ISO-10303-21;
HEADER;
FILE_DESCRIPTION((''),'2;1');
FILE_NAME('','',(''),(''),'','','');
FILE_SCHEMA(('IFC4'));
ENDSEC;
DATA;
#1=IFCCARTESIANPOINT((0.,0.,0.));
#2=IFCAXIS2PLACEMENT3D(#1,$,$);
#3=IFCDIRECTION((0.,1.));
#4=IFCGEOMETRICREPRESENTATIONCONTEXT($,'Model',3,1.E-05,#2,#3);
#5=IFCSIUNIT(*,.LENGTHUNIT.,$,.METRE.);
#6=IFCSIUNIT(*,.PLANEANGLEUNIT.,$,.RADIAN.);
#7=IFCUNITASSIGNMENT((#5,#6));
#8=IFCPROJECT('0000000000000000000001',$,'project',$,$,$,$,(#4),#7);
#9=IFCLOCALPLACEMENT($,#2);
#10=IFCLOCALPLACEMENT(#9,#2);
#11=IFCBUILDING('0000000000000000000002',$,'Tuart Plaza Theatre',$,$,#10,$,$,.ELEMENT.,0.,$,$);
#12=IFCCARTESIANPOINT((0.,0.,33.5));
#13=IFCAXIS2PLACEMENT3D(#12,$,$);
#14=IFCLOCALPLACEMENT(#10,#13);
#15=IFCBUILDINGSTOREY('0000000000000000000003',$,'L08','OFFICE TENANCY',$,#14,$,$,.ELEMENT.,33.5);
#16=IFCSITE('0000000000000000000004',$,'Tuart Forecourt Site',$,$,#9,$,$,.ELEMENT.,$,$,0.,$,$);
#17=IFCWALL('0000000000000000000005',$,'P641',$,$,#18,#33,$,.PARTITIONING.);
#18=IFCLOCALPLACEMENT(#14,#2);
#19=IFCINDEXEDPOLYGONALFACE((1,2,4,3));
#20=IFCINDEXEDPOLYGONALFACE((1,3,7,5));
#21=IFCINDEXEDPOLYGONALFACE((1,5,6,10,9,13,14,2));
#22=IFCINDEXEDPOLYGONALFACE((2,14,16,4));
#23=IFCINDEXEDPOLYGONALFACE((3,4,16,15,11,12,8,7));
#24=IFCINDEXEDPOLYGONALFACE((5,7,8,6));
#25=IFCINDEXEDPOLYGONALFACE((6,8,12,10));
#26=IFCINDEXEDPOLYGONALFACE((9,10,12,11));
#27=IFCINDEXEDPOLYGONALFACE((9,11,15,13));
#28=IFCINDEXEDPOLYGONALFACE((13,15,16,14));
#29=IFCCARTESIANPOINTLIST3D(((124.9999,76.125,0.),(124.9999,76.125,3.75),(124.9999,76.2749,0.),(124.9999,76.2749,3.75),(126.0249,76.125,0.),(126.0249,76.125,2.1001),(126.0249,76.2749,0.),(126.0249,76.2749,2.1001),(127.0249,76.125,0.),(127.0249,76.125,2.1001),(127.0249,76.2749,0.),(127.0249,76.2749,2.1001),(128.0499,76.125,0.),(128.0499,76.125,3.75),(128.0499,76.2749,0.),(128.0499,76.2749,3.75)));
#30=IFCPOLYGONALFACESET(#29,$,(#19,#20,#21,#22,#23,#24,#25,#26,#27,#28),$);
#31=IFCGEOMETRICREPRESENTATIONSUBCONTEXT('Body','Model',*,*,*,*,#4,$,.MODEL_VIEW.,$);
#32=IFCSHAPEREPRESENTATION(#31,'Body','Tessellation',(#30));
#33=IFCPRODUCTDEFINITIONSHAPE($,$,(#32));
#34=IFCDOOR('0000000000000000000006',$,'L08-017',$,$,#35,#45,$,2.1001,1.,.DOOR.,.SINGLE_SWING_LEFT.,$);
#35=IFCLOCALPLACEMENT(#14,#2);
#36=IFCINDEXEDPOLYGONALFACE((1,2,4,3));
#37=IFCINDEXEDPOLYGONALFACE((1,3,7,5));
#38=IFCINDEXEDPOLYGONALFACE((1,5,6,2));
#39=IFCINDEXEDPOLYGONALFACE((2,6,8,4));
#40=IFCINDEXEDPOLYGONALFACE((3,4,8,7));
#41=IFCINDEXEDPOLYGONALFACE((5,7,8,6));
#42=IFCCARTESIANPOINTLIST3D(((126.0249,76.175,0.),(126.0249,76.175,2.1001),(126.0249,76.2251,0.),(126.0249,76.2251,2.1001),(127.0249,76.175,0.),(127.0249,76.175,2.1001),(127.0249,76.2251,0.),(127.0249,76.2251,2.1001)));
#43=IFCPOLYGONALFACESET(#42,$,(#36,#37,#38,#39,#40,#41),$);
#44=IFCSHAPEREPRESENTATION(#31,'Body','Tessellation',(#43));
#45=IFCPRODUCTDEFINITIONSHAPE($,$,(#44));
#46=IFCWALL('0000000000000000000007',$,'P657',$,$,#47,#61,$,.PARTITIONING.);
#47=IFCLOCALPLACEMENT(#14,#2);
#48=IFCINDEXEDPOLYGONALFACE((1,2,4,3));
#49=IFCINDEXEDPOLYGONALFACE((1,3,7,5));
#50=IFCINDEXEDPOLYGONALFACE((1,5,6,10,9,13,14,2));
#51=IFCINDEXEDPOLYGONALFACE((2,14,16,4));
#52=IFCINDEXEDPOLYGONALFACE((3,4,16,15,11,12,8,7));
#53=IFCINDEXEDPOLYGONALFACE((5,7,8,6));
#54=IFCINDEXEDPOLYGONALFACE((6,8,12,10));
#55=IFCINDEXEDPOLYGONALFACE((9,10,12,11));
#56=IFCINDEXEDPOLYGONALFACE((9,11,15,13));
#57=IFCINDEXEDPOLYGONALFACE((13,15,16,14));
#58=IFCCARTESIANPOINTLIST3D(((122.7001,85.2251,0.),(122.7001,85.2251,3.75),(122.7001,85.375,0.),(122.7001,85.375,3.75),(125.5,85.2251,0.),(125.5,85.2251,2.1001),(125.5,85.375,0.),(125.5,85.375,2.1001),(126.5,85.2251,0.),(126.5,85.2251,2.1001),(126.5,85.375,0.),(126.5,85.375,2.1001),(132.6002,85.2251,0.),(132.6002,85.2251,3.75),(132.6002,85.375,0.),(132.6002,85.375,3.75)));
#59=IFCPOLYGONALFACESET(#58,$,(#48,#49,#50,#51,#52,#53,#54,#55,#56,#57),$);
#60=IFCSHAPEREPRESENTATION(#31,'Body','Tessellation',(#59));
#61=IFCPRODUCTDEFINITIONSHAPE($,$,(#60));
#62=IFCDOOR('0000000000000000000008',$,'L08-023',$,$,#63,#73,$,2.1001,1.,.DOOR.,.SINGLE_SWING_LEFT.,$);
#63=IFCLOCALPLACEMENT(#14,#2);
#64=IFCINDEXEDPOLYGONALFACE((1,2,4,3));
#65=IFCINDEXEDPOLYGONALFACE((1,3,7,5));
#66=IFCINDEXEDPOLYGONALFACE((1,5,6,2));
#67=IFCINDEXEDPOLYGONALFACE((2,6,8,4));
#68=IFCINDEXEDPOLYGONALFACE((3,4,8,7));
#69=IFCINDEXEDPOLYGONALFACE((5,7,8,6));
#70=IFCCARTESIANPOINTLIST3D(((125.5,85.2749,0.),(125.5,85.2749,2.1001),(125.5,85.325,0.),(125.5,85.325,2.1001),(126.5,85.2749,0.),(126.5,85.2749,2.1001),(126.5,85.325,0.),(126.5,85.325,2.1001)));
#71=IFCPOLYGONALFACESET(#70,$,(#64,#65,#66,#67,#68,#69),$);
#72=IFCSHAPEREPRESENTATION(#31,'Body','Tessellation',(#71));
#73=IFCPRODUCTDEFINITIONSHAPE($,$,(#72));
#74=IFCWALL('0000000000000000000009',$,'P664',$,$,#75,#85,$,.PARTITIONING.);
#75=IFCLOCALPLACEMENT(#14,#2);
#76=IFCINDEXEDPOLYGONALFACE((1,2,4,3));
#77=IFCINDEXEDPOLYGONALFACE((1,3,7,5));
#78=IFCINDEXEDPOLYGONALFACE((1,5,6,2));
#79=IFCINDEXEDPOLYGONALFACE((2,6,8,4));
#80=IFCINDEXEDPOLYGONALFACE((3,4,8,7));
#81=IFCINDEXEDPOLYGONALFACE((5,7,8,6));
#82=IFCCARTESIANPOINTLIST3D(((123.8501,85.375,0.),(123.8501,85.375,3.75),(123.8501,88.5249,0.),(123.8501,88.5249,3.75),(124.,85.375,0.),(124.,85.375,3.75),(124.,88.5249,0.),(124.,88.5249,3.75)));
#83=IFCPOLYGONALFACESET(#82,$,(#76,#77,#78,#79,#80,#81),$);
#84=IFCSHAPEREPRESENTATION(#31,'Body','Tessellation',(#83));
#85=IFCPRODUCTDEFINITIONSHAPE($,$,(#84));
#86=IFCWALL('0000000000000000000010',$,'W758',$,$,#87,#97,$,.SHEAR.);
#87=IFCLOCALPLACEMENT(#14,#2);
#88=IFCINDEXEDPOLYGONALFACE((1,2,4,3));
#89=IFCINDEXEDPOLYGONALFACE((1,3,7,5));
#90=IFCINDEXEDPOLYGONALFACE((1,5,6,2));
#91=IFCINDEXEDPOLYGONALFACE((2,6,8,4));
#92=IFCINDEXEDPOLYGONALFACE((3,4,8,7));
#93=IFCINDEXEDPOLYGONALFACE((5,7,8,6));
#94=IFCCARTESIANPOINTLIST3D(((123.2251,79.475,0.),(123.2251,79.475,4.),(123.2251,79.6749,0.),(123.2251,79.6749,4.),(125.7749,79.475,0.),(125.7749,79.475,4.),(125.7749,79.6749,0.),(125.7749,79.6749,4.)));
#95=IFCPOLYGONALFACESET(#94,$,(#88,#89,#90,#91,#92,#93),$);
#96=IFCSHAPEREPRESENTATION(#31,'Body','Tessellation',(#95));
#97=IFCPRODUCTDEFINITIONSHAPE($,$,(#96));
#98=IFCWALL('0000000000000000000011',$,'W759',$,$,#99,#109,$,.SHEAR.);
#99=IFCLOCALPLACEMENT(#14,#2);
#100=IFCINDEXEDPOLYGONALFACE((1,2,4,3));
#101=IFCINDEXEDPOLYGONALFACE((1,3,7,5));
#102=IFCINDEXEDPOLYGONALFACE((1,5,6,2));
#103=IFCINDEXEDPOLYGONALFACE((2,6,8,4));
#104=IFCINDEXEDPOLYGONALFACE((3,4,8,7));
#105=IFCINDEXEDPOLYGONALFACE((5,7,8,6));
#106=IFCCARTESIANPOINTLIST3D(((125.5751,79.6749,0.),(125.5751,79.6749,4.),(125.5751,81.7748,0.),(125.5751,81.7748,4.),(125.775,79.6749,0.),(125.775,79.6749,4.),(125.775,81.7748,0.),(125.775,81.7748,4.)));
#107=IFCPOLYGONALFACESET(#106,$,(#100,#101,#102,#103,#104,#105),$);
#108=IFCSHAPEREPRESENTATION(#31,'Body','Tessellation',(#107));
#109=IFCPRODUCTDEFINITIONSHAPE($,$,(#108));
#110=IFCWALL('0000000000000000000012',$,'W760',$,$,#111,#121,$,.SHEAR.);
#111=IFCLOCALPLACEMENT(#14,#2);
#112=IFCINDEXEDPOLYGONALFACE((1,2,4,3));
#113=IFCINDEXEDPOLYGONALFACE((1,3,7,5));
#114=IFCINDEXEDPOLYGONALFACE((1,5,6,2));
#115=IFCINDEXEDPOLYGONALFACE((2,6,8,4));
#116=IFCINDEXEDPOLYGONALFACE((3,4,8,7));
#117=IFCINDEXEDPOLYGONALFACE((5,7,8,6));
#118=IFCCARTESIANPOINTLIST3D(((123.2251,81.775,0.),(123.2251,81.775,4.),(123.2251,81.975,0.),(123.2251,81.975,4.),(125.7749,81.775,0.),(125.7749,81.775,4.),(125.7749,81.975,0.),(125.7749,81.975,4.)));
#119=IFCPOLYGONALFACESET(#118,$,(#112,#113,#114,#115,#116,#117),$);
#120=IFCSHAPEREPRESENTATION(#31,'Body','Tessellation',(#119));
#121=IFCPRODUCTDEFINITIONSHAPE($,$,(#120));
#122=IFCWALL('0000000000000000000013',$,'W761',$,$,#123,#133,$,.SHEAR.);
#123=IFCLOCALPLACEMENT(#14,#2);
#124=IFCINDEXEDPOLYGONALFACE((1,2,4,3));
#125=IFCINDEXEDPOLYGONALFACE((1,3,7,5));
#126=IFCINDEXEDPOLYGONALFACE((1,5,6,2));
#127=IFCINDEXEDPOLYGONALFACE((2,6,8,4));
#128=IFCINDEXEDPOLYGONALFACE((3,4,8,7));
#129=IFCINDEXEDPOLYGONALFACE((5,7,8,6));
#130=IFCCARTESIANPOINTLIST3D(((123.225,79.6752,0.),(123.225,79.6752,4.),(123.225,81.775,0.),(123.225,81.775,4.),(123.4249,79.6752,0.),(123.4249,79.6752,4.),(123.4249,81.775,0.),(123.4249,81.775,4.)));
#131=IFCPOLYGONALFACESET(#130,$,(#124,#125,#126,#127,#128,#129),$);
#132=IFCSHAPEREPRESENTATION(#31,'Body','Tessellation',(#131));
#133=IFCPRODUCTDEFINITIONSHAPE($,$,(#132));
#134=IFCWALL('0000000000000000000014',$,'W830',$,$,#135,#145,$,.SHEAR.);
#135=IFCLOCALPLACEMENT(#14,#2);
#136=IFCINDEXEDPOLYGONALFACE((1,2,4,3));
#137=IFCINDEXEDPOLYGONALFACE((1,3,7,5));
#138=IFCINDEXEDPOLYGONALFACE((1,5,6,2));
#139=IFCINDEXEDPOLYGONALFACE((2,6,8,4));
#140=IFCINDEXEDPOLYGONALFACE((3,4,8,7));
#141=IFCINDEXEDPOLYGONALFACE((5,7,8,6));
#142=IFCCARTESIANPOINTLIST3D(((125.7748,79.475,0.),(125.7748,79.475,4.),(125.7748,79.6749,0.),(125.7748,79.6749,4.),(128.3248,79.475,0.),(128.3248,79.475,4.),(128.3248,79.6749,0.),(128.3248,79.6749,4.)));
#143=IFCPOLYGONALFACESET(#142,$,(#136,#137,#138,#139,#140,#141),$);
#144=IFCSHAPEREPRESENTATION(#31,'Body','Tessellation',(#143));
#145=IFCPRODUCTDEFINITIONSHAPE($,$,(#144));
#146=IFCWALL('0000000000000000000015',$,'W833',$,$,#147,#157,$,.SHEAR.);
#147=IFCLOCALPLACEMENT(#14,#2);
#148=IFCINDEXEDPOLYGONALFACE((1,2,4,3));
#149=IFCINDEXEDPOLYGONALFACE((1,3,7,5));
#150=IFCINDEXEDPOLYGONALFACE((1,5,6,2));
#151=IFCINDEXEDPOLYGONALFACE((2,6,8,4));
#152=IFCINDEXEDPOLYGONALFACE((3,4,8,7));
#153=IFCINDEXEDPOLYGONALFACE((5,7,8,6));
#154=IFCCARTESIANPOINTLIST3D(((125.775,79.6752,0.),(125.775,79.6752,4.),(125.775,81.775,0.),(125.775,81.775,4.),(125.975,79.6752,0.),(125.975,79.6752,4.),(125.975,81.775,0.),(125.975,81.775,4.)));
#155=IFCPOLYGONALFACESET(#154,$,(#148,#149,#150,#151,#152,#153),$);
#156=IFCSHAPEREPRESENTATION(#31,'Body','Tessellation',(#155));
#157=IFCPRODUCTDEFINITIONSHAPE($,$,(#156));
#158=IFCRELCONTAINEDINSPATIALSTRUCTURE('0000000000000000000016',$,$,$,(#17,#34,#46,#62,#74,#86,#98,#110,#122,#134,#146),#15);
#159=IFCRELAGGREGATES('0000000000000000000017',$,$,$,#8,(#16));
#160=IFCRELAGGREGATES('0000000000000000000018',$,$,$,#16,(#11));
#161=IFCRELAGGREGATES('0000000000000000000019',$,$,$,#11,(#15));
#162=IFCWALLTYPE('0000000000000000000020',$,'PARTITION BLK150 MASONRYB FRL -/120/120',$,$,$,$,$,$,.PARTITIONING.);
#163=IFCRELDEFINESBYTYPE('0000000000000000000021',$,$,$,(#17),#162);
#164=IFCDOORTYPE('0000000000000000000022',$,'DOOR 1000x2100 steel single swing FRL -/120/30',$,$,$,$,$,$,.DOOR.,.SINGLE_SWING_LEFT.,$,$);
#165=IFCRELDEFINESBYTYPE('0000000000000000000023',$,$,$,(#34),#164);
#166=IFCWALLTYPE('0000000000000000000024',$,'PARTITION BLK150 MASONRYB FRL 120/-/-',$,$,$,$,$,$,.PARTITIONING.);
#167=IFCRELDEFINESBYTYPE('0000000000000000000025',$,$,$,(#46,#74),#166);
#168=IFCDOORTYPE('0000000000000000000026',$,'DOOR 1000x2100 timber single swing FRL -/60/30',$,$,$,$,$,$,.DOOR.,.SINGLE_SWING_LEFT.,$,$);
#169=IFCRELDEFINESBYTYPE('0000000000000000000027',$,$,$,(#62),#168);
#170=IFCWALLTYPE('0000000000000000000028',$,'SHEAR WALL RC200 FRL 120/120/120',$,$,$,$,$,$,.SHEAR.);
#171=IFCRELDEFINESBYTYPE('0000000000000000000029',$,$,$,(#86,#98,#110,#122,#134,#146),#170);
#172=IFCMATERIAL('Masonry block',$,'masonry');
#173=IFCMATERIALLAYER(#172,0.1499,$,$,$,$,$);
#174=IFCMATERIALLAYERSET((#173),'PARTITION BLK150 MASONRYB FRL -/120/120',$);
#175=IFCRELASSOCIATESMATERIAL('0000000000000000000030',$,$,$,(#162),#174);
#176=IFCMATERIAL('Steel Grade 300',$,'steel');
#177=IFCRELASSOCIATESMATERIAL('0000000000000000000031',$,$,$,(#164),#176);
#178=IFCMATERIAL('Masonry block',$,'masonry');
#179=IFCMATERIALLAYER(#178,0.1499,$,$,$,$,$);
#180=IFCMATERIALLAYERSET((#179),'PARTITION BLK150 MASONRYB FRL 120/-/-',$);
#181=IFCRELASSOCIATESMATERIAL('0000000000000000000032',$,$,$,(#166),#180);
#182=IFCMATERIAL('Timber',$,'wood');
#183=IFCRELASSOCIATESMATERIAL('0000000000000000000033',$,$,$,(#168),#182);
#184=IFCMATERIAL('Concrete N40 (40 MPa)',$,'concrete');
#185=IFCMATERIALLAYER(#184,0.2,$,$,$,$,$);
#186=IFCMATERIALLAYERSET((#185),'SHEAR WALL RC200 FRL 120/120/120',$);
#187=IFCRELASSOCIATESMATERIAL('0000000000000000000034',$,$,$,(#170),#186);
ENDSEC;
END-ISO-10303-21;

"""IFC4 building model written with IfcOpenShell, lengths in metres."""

from ifc_helpers import new_model, si_unit, direction, frame, frame_2d, origin, place, context, subcontext, project, spatial, rectangle, extrude, material, layer, layer_set, type_object, element, fill, save


model = new_model("IFC4")

# Units and contexts
model_context = context("Model", 3, precision=1e-05, world=origin(), true_north=direction((0.0, 1.0)))
body_context = subcontext(model_context, "Body", "Model", "MODEL_VIEW")
ifc_project = project(units=[si_unit("LENGTHUNIT", "METRE"), si_unit("PLANEANGLEUNIT", "RADIAN")], contexts=[model_context])

# Site, building, storey
site_placement = place(None, origin())
site = spatial("IfcSite", under=ifc_project, at=site_placement, Name="Tuart Forecourt Site", CompositionType="ELEMENT", RefElevation=0.0)
building_placement = place(site_placement, origin())
building = spatial("IfcBuilding", under=site, at=building_placement, Name="Tuart Plaza Theatre", CompositionType="ELEMENT", ElevationOfRefHeight=0.0)
storey_placement = place(building_placement, frame((0.0, 0.0, 33.5)))
storey = spatial("IfcBuildingStorey", under=building, at=storey_placement, Name="L08", Description="OFFICE TENANCY", CompositionType="ELEMENT", Elevation=33.5)

# Shared definitions
ifc_material_1 = material(Name="Masonry block", Category="masonry")
ifc_layer_1 = layer(ifc_material_1, 0.1499)
ifc_layer_set_1 = layer_set([ifc_layer_1], Name="PARTITION BLK150 MASONRYB FRL -/120/120")
wall_type_1 = type_object("IfcWallType", Name="PARTITION BLK150 MASONRYB FRL -/120/120", PredefinedType="PARTITIONING", material=ifc_layer_set_1)

# Walls, openings, doors
wall_1_placement = place(storey_placement, frame((125.0, 76.2, 0.0), z_axis=(0.0, 0.0, 1.0), x_axis=(1.0, 0.0, 0.0)))
wall_1 = element("IfcWall", 1, at=wall_1_placement, inside=storey, type_object=wall_type_1, Name="P641", PredefinedType="PARTITIONING", context=body_context, shape_type="SweptSolid", body=[
    extrude(rectangle(XDim=3.05, YDim=0.1499, at=frame_2d((1.5249, 0.0))), origin(), (0.0, 0.0, 1.0), 3.75),
])
opening_1_placement = place(wall_1_placement, frame((1.0249, 0.0, 0.0)))
opening_1 = element("IfcOpeningElement", 2, at=opening_1_placement, cuts=wall_1, PredefinedType="OPENING", context=body_context, shape_type="SweptSolid", body=[
    extrude(rectangle(XDim=1.0, YDim=2.1001, at=frame_2d((0.5, 1.05))), frame((0.0, 0.085, 0.0), z_axis=(0.0, -1.0, 0.0), x_axis=(1.0, 0.0, 0.0)), (0.0, 0.0, 1.0), 0.1699),
])
ifc_material_2 = material(Name="Steel Grade 300", Category="steel")
door_type_1 = type_object("IfcDoorType", Name="DOOR 1000x2100 steel single swing FRL -/120/30", OperationType="SINGLE_SWING_LEFT", PredefinedType="DOOR", material=ifc_material_2)
door_1_placement = place(opening_1_placement, frame((1.0, 0.0, 0.0), z_axis=(0.0, 0.0, 1.0), x_axis=(-1.0, 0.0, 0.0)))
door_1 = element("IfcDoor", 3, at=door_1_placement, inside=storey, type_object=door_type_1, Name="L08-017", OperationType="SINGLE_SWING_LEFT", OverallHeight=2.1001, OverallWidth=1.0, PredefinedType="DOOR", context=body_context, shape_type="SweptSolid", body=[
    extrude(rectangle(XDim=1.0, YDim=2.1001, at=frame_2d((0.5, 1.05))), frame((0.0, 0.0249, 0.0), z_axis=(0.0, -1.0, 0.0), x_axis=(1.0, 0.0, 0.0)), (0.0, 0.0, 1.0), 0.05),
])
fill(opening_1, door_1)
ifc_material_3 = material(Name="Masonry block", Category="masonry")
ifc_layer_2 = layer(ifc_material_3, 0.1499)
ifc_layer_set_2 = layer_set([ifc_layer_2], Name="PARTITION BLK150 MASONRYB FRL 120/-/-")
wall_type_2 = type_object("IfcWallType", Name="PARTITION BLK150 MASONRYB FRL 120/-/-", PredefinedType="PARTITIONING", material=ifc_layer_set_2)
wall_2_placement = place(storey_placement, frame((122.7, 85.3, 0.0), z_axis=(0.0, 0.0, 1.0), x_axis=(1.0, 0.0, 0.0)))
wall_2 = element("IfcWall", 4, at=wall_2_placement, inside=storey, type_object=wall_type_2, Name="P657", PredefinedType="PARTITIONING", context=body_context, shape_type="SweptSolid", body=[
    extrude(rectangle(XDim=9.9001, YDim=0.1499, at=frame_2d((4.9502, 0.0))), origin(), (0.0, 0.0, 1.0), 3.75),
])
opening_2_placement = place(wall_2_placement, frame((2.8, 0.0, 0.0)))
opening_2 = element("IfcOpeningElement", 5, at=opening_2_placement, cuts=wall_2, PredefinedType="OPENING", context=body_context, shape_type="SweptSolid", body=[
    extrude(rectangle(XDim=1.0, YDim=2.1001, at=frame_2d((0.5, 1.05))), frame((0.0, 0.085, 0.0), z_axis=(0.0, -1.0, 0.0), x_axis=(1.0, 0.0, 0.0)), (0.0, 0.0, 1.0), 0.1699),
])
ifc_material_4 = material(Name="Timber", Category="wood")
door_type_2 = type_object("IfcDoorType", Name="DOOR 1000x2100 timber single swing FRL -/60/30", OperationType="SINGLE_SWING_LEFT", PredefinedType="DOOR", material=ifc_material_4)
door_2_placement = place(opening_2_placement, origin())
door_2 = element("IfcDoor", 6, at=door_2_placement, inside=storey, type_object=door_type_2, Name="L08-023", OperationType="SINGLE_SWING_LEFT", OverallHeight=2.1001, OverallWidth=1.0, PredefinedType="DOOR", context=body_context, shape_type="SweptSolid", body=[
    extrude(rectangle(XDim=1.0, YDim=2.1001, at=frame_2d((0.5, 1.05))), frame((0.0, 0.0249, 0.0), z_axis=(0.0, -1.0, 0.0), x_axis=(1.0, 0.0, 0.0)), (0.0, 0.0, 1.0), 0.05),
])
fill(opening_2, door_2)

# Walls
wall_3_placement = place(storey_placement, frame((123.925, 85.375, 0.0), z_axis=(0.0, 0.0, 1.0), x_axis=(0.0, 1.0, 0.0)))
element("IfcWall", 7, at=wall_3_placement, inside=storey, type_object=wall_type_2, Name="P664", PredefinedType="PARTITIONING", context=body_context, shape_type="SweptSolid", body=[
    extrude(rectangle(XDim=3.1499, YDim=0.1499, at=frame_2d((1.575, 0.0))), origin(), (0.0, 0.0, 1.0), 3.75),
])
ifc_material_5 = material(Name="Concrete N40 (40 MPa)", Category="concrete")
ifc_layer_3 = layer(ifc_material_5, 0.2)
ifc_layer_set_3 = layer_set([ifc_layer_3], Name="SHEAR WALL RC200 FRL 120/120/120")
wall_type_3 = type_object("IfcWallType", Name="SHEAR WALL RC200 FRL 120/120/120", PredefinedType="SHEAR", material=ifc_layer_set_3)
wall_4_placement = place(storey_placement, frame((123.2251, 79.575, 0.0), z_axis=(0.0, 0.0, 1.0), x_axis=(1.0, 0.0, 0.0)))
element("IfcWall", 8, at=wall_4_placement, inside=storey, type_object=wall_type_3, Name="W758", PredefinedType="SHEAR", context=body_context, shape_type="SweptSolid", body=[
    extrude(rectangle(XDim=2.5498, YDim=0.2, at=frame_2d((1.2749, 0.0))), origin(), (0.0, 0.0, 1.0), 4.0),
])
wall_5_placement = place(storey_placement, frame((125.675, 79.675, 0.0), z_axis=(0.0, 0.0, 1.0), x_axis=(0.0, 1.0, 0.0)))
element("IfcWall", 9, at=wall_5_placement, inside=storey, type_object=wall_type_3, Name="W759", PredefinedType="SHEAR", context=body_context, shape_type="SweptSolid", body=[
    extrude(rectangle(XDim=2.0999, YDim=0.2, at=frame_2d((1.0498, 0.0))), origin(), (0.0, 0.0, 1.0), 4.0),
])
wall_6_placement = place(storey_placement, frame((125.7749, 81.875, 0.0), z_axis=(0.0, 0.0, 1.0), x_axis=(-1.0, 0.0, 0.0)))
element("IfcWall", 10, at=wall_6_placement, inside=storey, type_object=wall_type_3, Name="W760", PredefinedType="SHEAR", context=body_context, shape_type="SweptSolid", body=[
    extrude(rectangle(XDim=2.5498, YDim=0.2, at=frame_2d((1.2749, 0.0))), origin(), (0.0, 0.0, 1.0), 4.0),
])
wall_7_placement = place(storey_placement, frame((123.325, 81.7749, 0.0), z_axis=(0.0, 0.0, 1.0), x_axis=(0.0, -1.0, 0.0)))
element("IfcWall", 11, at=wall_7_placement, inside=storey, type_object=wall_type_3, Name="W761", PredefinedType="SHEAR", context=body_context, shape_type="SweptSolid", body=[
    extrude(rectangle(XDim=2.0999, YDim=0.2, at=frame_2d((1.0498, 0.0))), origin(), (0.0, 0.0, 1.0), 4.0),
])
wall_8_placement = place(storey_placement, frame((125.7749, 79.575, 0.0), z_axis=(0.0, 0.0, 1.0), x_axis=(1.0, 0.0, 0.0)))
element("IfcWall", 12, at=wall_8_placement, inside=storey, type_object=wall_type_3, Name="W830", PredefinedType="SHEAR", context=body_context, shape_type="SweptSolid", body=[
    extrude(rectangle(XDim=2.55, YDim=0.2, at=frame_2d((1.2749, 0.0))), origin(), (0.0, 0.0, 1.0), 4.0),
])
wall_9_placement = place(storey_placement, frame((125.875, 81.7749, 0.0), z_axis=(0.0, 0.0, 1.0), x_axis=(0.0, -1.0, 0.0)))
element("IfcWall", 13, at=wall_9_placement, inside=storey, type_object=wall_type_3, Name="W833", PredefinedType="SHEAR", context=body_context, shape_type="SweptSolid", body=[
    extrude(rectangle(XDim=2.0999, YDim=0.2, at=frame_2d((1.0498, 0.0))), origin(), (0.0, 0.0, 1.0), 4.0),
])

save(model, "model.ifc")
